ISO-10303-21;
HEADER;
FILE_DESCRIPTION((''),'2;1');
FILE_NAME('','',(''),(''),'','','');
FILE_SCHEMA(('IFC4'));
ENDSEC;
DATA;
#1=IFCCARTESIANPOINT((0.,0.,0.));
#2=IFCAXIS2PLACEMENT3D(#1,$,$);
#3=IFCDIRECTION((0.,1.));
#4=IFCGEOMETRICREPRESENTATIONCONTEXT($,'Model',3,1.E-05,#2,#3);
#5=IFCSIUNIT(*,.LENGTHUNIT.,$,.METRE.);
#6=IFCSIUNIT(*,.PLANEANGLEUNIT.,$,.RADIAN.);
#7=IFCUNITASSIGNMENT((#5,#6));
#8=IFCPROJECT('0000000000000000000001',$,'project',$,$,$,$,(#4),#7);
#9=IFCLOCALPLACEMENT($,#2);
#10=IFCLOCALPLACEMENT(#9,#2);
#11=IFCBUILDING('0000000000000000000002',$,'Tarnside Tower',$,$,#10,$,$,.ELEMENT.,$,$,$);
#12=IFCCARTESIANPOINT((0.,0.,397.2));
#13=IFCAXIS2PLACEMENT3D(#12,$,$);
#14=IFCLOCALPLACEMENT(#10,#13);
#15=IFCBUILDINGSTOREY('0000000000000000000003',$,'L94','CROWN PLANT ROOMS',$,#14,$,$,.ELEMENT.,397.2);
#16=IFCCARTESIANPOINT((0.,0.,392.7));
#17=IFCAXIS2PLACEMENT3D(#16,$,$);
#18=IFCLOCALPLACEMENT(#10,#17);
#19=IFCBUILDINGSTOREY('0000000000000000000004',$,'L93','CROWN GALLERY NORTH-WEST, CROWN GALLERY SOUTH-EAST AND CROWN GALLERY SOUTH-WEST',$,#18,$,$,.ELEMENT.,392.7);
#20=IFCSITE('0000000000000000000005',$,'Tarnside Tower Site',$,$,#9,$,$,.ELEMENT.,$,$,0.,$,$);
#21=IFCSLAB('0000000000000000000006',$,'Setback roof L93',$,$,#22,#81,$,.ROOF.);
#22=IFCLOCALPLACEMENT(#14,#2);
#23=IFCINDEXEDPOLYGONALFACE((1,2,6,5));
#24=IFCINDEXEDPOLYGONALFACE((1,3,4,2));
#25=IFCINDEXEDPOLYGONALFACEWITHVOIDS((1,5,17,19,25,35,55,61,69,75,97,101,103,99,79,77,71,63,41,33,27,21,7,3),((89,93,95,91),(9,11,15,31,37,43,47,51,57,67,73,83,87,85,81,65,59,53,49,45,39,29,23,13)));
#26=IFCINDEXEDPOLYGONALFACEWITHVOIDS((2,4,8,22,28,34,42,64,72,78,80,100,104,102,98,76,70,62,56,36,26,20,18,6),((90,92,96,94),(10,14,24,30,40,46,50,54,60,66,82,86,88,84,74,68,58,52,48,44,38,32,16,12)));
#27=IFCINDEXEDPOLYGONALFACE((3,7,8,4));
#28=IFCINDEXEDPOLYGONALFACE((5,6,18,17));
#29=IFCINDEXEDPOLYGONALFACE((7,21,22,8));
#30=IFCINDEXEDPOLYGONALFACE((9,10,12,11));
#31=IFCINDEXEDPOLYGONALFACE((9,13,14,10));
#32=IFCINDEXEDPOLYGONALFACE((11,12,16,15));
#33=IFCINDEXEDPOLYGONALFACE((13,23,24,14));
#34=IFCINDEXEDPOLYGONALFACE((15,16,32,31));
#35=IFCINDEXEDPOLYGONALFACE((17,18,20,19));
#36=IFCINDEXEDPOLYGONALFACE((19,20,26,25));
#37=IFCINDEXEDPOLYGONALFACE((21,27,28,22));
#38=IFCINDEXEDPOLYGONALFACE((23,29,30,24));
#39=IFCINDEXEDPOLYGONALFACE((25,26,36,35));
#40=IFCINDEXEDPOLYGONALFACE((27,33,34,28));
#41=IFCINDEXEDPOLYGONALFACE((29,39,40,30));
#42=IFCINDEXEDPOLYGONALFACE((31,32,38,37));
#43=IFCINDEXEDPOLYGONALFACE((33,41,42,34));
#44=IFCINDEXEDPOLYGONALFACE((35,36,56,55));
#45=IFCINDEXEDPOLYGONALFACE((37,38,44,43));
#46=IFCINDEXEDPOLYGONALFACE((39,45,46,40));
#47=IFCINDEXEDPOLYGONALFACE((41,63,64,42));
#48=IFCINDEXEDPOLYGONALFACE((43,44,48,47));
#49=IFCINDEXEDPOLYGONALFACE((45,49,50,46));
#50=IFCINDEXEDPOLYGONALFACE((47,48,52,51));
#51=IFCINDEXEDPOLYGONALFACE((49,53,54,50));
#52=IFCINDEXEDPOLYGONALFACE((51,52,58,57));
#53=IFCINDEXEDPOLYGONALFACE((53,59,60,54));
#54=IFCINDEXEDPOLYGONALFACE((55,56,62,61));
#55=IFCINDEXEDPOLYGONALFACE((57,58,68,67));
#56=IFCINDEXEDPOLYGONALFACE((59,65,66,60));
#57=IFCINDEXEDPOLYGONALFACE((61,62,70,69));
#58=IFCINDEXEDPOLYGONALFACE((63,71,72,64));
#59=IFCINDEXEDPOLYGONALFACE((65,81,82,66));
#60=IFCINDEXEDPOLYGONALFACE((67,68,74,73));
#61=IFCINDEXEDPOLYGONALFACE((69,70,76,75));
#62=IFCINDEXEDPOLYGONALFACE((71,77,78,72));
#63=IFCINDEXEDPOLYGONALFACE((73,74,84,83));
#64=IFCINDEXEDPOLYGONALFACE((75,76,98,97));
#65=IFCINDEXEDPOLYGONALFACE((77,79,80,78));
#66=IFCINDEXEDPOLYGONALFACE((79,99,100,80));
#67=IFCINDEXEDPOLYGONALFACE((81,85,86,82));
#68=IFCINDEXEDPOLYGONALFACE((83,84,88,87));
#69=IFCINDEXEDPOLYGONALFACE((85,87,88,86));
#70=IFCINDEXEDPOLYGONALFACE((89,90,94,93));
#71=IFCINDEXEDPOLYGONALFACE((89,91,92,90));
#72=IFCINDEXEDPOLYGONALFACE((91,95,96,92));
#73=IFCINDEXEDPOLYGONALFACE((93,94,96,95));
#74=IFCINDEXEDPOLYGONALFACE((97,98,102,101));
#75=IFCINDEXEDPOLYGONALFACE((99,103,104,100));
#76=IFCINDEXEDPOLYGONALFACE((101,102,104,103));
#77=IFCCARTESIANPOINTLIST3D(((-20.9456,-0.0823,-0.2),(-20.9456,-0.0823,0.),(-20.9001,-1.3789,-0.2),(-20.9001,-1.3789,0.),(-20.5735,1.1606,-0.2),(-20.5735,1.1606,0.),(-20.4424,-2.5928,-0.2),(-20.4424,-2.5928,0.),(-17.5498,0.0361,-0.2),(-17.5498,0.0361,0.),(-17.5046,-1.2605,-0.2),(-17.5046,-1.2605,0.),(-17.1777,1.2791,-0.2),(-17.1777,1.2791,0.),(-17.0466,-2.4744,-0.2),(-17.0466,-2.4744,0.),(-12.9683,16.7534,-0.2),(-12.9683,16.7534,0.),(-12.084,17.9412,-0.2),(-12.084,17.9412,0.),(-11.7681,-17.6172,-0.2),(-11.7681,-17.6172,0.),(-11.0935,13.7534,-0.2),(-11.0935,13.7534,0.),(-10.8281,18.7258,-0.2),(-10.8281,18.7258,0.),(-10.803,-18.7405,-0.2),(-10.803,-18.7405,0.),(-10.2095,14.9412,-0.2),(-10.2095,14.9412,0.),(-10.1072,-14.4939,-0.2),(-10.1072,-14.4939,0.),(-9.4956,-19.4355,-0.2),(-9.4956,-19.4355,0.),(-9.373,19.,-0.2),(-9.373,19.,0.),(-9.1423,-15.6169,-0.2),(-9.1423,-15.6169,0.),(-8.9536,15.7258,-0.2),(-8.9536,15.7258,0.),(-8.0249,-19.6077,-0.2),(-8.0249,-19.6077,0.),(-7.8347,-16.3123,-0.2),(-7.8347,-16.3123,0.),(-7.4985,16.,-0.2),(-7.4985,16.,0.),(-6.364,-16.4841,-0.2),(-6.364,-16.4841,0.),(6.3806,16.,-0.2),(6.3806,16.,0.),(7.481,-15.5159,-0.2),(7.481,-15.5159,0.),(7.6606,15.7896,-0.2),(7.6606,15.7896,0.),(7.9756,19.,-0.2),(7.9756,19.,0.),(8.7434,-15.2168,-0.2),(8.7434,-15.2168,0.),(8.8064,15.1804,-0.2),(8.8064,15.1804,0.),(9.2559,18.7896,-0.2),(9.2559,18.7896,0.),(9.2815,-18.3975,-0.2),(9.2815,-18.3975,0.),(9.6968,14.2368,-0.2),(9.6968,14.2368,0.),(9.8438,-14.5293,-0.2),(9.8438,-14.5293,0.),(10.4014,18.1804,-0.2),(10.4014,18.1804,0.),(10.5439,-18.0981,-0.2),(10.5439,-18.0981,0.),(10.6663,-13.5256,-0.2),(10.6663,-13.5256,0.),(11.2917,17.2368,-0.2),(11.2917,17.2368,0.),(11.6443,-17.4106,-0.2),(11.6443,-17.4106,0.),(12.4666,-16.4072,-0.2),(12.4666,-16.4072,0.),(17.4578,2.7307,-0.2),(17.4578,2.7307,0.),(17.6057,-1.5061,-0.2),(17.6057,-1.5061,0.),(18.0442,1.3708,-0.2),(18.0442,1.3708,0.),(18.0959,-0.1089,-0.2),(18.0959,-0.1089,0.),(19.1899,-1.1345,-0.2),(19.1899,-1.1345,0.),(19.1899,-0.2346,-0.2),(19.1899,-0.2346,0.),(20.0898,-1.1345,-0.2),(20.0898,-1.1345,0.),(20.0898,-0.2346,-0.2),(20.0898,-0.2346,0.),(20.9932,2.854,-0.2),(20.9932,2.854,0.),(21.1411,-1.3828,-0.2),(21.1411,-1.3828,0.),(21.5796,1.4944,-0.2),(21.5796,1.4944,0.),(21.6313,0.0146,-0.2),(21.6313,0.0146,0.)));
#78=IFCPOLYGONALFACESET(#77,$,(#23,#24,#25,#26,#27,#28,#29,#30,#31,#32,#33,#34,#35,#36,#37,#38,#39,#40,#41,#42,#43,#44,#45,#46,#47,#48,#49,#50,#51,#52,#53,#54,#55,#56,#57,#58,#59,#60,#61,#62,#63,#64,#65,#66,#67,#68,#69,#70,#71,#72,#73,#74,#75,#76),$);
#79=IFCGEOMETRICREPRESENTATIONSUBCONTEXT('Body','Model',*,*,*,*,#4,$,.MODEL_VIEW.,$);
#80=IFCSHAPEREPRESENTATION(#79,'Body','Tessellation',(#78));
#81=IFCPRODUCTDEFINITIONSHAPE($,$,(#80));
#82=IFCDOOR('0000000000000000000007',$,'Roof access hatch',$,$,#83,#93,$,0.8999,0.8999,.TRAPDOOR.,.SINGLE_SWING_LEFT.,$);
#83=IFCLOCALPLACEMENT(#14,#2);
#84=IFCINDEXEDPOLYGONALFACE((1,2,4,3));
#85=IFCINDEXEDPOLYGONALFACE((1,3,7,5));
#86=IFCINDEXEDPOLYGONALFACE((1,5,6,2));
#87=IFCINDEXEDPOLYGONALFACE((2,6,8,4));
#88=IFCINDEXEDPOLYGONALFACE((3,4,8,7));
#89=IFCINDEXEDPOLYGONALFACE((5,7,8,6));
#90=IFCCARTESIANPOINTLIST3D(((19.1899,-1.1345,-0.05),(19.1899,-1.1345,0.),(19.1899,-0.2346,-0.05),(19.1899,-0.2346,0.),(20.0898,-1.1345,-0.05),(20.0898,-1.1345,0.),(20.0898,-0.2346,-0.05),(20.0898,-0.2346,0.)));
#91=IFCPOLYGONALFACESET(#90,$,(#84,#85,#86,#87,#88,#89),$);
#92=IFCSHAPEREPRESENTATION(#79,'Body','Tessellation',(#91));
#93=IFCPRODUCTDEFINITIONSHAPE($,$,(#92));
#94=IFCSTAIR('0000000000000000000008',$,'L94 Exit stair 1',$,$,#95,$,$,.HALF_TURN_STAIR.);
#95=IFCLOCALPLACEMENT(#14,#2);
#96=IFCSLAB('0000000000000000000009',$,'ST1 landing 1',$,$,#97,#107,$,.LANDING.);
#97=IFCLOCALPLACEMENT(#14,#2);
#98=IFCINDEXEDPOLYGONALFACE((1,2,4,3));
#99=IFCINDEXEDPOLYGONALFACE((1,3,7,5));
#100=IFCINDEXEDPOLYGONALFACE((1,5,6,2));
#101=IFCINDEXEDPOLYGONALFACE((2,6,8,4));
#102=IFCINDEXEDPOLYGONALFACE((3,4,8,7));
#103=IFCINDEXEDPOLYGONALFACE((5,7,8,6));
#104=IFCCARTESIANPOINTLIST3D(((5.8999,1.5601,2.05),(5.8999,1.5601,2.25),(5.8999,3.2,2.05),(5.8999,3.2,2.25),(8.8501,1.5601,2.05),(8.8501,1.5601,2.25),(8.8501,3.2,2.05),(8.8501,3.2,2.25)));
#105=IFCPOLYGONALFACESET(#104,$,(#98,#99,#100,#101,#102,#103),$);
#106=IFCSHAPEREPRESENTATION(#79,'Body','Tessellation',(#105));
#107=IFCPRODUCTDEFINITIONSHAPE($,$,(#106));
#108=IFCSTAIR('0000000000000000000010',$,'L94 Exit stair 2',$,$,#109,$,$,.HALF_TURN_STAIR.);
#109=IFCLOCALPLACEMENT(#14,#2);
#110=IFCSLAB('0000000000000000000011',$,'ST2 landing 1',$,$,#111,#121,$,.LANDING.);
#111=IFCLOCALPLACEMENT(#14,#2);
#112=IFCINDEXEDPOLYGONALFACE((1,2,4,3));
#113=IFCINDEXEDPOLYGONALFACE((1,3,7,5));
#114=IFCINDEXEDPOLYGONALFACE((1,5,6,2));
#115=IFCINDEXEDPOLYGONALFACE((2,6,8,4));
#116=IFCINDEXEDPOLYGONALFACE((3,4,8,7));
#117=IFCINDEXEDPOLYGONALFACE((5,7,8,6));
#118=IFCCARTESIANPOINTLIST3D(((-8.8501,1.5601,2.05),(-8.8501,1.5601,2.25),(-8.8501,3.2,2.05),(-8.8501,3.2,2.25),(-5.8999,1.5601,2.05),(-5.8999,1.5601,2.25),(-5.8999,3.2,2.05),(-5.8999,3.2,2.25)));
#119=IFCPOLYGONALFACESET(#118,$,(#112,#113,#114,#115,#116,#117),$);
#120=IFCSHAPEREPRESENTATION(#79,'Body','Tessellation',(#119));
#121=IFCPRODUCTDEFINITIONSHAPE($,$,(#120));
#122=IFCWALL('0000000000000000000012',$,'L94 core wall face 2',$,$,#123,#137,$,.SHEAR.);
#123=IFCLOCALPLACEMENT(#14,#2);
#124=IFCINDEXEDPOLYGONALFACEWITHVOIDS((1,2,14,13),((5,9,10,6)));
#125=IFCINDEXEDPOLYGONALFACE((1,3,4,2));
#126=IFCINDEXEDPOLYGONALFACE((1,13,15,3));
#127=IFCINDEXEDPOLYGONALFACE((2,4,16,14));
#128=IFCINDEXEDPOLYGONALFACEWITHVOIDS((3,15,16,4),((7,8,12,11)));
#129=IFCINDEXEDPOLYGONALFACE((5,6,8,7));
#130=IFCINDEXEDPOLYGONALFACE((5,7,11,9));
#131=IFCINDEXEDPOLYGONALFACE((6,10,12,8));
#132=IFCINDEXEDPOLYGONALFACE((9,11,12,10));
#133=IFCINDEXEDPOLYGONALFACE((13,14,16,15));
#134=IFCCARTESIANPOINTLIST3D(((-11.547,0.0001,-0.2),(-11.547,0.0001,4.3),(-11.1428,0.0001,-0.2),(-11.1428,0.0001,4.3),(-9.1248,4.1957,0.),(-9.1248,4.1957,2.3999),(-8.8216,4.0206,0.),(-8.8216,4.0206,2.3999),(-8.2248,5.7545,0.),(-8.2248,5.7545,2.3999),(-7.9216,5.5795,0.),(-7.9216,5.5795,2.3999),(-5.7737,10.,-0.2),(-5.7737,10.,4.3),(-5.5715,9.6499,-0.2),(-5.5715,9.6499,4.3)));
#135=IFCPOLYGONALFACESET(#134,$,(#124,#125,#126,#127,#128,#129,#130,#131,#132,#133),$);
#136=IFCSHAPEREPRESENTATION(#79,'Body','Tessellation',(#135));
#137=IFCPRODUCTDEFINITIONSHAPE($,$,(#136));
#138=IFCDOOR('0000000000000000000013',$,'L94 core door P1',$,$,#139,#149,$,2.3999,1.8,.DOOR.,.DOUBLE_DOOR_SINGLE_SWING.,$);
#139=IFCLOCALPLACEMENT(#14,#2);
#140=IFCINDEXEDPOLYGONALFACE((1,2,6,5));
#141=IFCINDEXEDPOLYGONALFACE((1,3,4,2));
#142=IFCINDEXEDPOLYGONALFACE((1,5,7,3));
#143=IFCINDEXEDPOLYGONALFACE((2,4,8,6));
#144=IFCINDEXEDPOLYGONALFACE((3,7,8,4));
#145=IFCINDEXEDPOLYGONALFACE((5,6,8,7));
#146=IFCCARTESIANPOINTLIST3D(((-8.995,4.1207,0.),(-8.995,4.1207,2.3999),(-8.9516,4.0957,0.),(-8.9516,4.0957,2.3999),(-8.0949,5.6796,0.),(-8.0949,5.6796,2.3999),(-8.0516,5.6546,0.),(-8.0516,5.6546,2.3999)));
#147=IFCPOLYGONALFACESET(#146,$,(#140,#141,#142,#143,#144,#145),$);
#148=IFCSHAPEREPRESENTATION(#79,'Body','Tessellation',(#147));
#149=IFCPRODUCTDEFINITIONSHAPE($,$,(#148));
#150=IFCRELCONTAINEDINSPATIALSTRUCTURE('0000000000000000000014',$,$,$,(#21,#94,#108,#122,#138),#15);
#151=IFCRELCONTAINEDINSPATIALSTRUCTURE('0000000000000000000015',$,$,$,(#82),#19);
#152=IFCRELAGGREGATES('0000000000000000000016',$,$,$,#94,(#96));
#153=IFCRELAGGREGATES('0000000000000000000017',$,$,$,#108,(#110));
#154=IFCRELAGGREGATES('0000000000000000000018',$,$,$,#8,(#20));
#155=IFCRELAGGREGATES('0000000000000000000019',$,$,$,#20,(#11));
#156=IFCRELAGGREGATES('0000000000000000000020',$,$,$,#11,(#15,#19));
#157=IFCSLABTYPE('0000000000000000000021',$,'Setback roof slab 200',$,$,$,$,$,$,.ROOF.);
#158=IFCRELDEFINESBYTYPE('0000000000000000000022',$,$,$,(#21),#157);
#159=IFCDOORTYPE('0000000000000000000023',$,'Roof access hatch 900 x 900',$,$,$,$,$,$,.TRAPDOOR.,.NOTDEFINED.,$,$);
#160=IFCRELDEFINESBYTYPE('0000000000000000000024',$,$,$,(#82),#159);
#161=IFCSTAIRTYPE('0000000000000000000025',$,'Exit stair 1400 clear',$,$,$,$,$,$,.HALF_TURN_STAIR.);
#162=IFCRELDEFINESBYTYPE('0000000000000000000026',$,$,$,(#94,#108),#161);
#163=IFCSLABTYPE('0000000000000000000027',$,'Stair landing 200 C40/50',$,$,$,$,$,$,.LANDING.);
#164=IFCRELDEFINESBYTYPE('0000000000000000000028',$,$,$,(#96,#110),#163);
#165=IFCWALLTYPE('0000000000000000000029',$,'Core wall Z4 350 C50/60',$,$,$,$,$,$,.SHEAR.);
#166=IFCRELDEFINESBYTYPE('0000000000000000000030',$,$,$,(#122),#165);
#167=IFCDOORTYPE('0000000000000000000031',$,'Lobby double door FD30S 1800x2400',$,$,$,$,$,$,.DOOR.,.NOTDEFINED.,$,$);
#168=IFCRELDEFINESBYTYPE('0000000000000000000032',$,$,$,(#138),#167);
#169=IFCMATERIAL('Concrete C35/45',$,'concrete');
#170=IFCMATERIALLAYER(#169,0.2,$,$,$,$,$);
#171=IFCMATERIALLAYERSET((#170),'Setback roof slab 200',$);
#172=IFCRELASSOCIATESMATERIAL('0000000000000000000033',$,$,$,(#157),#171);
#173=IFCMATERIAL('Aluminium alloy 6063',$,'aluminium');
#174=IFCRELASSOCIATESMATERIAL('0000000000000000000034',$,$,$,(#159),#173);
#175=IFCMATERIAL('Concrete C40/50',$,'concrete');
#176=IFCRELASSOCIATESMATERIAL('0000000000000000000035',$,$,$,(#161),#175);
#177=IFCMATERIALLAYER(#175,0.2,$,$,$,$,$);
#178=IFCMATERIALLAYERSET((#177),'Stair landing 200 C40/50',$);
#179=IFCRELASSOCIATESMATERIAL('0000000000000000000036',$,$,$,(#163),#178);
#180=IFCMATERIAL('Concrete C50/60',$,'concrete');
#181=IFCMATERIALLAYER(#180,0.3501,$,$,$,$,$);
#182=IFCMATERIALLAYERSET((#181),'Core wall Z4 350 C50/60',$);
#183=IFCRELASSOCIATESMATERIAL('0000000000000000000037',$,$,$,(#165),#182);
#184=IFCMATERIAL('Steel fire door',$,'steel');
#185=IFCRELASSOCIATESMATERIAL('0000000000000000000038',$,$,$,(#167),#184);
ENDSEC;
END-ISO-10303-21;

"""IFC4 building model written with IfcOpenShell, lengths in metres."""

from ifc_helpers import new_model, si_unit, direction, frame, frame_2d, origin, origin_2d, place, context, subcontext, project, spatial, polyline, rectangle, outline, extrude, material, layer, layer_set, type_object, element, fill, aggregate, save


model = new_model("IFC4")

# Units and contexts
model_context = context("Model", 3, precision=1e-05, world=origin(), true_north=direction((0.0, 1.0)))
body_context = subcontext(model_context, "Body", "Model", "MODEL_VIEW")
ifc_project = project(units=[si_unit("LENGTHUNIT", "METRE"), si_unit("PLANEANGLEUNIT", "RADIAN")], contexts=[model_context])

# Site, building, storey
site_placement = place(None, origin())
site = spatial("IfcSite", under=ifc_project, at=site_placement, Name="Tarnside Tower Site", CompositionType="ELEMENT", RefElevation=0.0)
building_placement = place(site_placement, origin())
building = spatial("IfcBuilding", under=site, at=building_placement, Name="Tarnside Tower", CompositionType="ELEMENT")
storey_1_placement = place(building_placement, frame((0.0, 0.0, 397.2)))
storey_1 = spatial("IfcBuildingStorey", under=building, at=storey_1_placement, Name="L94", Description="CROWN PLANT ROOMS", CompositionType="ELEMENT", Elevation=397.2)

# Shared definitions
ifc_material_1 = material(Name="Concrete C35/45", Category="concrete")
ifc_material_2 = material(Name="Concrete C40/50", Category="concrete")

# Slab, opening
ifc_layer_1 = layer(ifc_material_1, 0.2)
ifc_layer_set_1 = layer_set([ifc_layer_1], Name="Setback roof slab 200")
slab_type_1 = type_object("IfcSlabType", Name="Setback roof slab 200", PredefinedType="ROOF", material=ifc_layer_set_1)
slab_1_placement = place(storey_1_placement, frame((0.0, 0.0, -0.2)))
slab_1 = element("IfcSlab", 1, at=slab_1_placement, inside=storey_1, type_object=slab_type_1, Name="Setback roof L93", PredefinedType="ROOF", context=body_context, shape_type="SweptSolid", body=[
    extrude(outline(polyline([(9.2559, 18.7896), (10.4014, 18.1804), (11.2917, 17.2368), (20.9932, 2.854), (21.5796, 1.4944), (21.6313, 0.0146), (21.1411, -1.3828), (12.4666, -16.4072), (11.6443, -17.4106), (10.5439, -18.0981), (9.2815, -18.3975), (-8.0249, -19.6077), (-9.4956, -19.4355), (-10.803, -18.7405), (-11.7681, -17.6172), (-20.4424, -2.5928), (-20.9001, -1.3789), (-20.9456, -0.0823), (-20.5735, 1.1606), (-12.9683, 16.7534), (-12.084, 17.9412), (-10.8281, 18.7258), (-9.373, 19.0), (7.9756, 19.0), (9.2559, 18.7896)]), holes=[polyline([(6.3806, 16.0), (-7.4985, 16.0), (-8.9536, 15.7258), (-10.2095, 14.9412), (-11.0935, 13.7534), (-17.1777, 1.2791), (-17.5498, 0.0361), (-17.5046, -1.2605), (-17.0466, -2.4744), (-10.1072, -14.4939), (-9.1423, -15.6169), (-7.8347, -16.3123), (-6.364, -16.4841), (7.481, -15.5159), (8.7434, -15.2168), (9.8438, -14.5293), (10.6663, -13.5256), (17.6057, -1.5061), (18.0959, -0.1089), (18.0442, 1.3708), (17.4578, 2.7307), (9.6968, 14.2368), (8.8064, 15.1804), (7.6606, 15.7896), (6.3806, 16.0)])]), origin(), (0.0, 0.0, 1.0), 0.2),
])
opening_1_placement = place(slab_1_placement, frame((19.6399, -0.6846, 0.0)))
opening_1 = element("IfcOpeningElement", 2, at=opening_1_placement, cuts=slab_1, PredefinedType="OPENING", context=body_context, shape_type="SweptSolid", body=[
    extrude(rectangle(XDim=0.8999, YDim=0.8999, at=origin_2d()), origin(), (0.0, 0.0, 1.0), 0.2),
])

# Shared definitions
storey_2_placement = place(building_placement, frame((0.0, 0.0, 392.7)))
storey_2 = spatial("IfcBuildingStorey", under=building, at=storey_2_placement, Name="L93", Description="CROWN GALLERY NORTH-WEST, CROWN GALLERY SOUTH-EAST AND CROWN GALLERY SOUTH-WEST", CompositionType="ELEMENT", Elevation=392.7)

# Door
ifc_material_3 = material(Name="Aluminium alloy 6063", Category="aluminium")
door_type_1 = type_object("IfcDoorType", Name="Roof access hatch 900 x 900", OperationType="NOTDEFINED", PredefinedType="TRAPDOOR", material=ifc_material_3)
door_1_placement = place(opening_1_placement, frame((0.0, 0.0, 0.1499)))
door_1 = element("IfcDoor", 3, at=door_1_placement, inside=storey_2, type_object=door_type_1, Name="Roof access hatch", OperationType="SINGLE_SWING_LEFT", OverallHeight=0.8999, OverallWidth=0.8999, PredefinedType="TRAPDOOR", context=body_context, shape_type="SweptSolid", body=[
    extrude(rectangle(XDim=0.8999, YDim=0.8999, at=origin_2d()), origin(), (0.0, 0.0, 1.0), 0.05),
])
fill(opening_1, door_1)

# Stairs, slabs
stair_type = type_object("IfcStairType", Name="Exit stair 1400 clear", PredefinedType="HALF_TURN_STAIR", material=ifc_material_2)
stair_1_placement = place(storey_1_placement, origin())
stair_1 = element("IfcStair", 4, at=stair_1_placement, inside=storey_1, type_object=stair_type, Name="L94 Exit stair 1", PredefinedType="HALF_TURN_STAIR")
ifc_layer_2 = layer(ifc_material_2, 0.2)
ifc_layer_set_2 = layer_set([ifc_layer_2], Name="Stair landing 200 C40/50")
slab_type_2 = type_object("IfcSlabType", Name="Stair landing 200 C40/50", PredefinedType="LANDING", material=ifc_layer_set_2)
slab_2_placement = place(storey_1_placement, frame((0.0, 0.0, 2.05)))
slab_2 = element("IfcSlab", 5, at=slab_2_placement, type_object=slab_type_2, Name="ST1 landing 1", PredefinedType="LANDING", context=body_context, shape_type="SweptSolid", body=[
    extrude(outline(polyline([(8.8501, 1.5601), (8.8501, 3.2), (5.8999, 3.2), (5.8999, 1.5601), (8.8501, 1.5601)])), origin(), (0.0, 0.0, 1.0), 0.2),
])
aggregate(stair_1, [slab_2])
stair_2_placement = place(storey_1_placement, origin())
stair_2 = element("IfcStair", 6, at=stair_2_placement, inside=storey_1, type_object=stair_type, Name="L94 Exit stair 2", PredefinedType="HALF_TURN_STAIR")
slab_3_placement = place(storey_1_placement, frame((0.0, 0.0, 2.05)))
slab_3 = element("IfcSlab", 7, at=slab_3_placement, type_object=slab_type_2, Name="ST2 landing 1", PredefinedType="LANDING", context=body_context, shape_type="SweptSolid", body=[
    extrude(outline(polyline([(-5.8999, 1.5601), (-5.8999, 3.2), (-8.8501, 3.2), (-8.8501, 1.5601), (-5.8999, 1.5601)])), origin(), (0.0, 0.0, 1.0), 0.2),
])

# Wall, opening, door
ifc_material_4 = material(Name="Concrete C50/60", Category="concrete")
ifc_layer_3 = layer(ifc_material_4, 0.3501)
ifc_layer_set_3 = layer_set([ifc_layer_3], Name="Core wall Z4 350 C50/60")
wall_type_1 = type_object("IfcWallType", Name="Core wall Z4 350 C50/60", PredefinedType="SHEAR", material=ifc_layer_set_3)
wall_1_placement = place(storey_1_placement, frame((-5.6726, 9.825, -0.2), z_axis=(0.0, 0.0, 1.0), x_axis=(-0.499995, -0.866028, 0.0)))
wall_1 = element("IfcWall", 8, at=wall_1_placement, inside=storey_1, type_object=wall_type_1, Name="L94 core wall face 2", PredefinedType="SHEAR", context=body_context, shape_type="SweptSolid", body=[
    extrude(outline(polyline([(-0.1011, -0.175), (11.4458, -0.175), (11.2437, 0.175), (0.1011, 0.175), (-0.1011, -0.175)])), origin(), (0.0, 0.0, 1.0), 4.5),
])
opening_2_placement = place(wall_1_placement, frame((4.8013, 0.0, 0.2)))
opening_2 = element("IfcOpeningElement", 9, at=opening_2_placement, cuts=wall_1, PredefinedType="OPENING", context=body_context, shape_type="SweptSolid", body=[
    extrude(rectangle(XDim=1.8, YDim=2.3999, at=frame_2d((0.8999, 1.2))), frame((0.0, 0.1851, 0.0), z_axis=(0.0, -1.0, 0.0), x_axis=(1.0, 0.0, 0.0)), (0.0, 0.0, 1.0), 0.3701),
])
ifc_material_5 = material(Name="Steel fire door", Category="steel")
door_type_2 = type_object("IfcDoorType", Name="Lobby double door FD30S 1800x2400", OperationType="NOTDEFINED", PredefinedType="DOOR", material=ifc_material_5)
door_2_placement = place(opening_2_placement, origin())
door_2 = element("IfcDoor", 10, at=door_2_placement, inside=storey_1, type_object=door_type_2, Name="L94 core door P1", OperationType="DOUBLE_DOOR_SINGLE_SWING", OverallHeight=2.3999, OverallWidth=1.8, PredefinedType="DOOR", context=body_context, shape_type="SweptSolid", body=[
    extrude(rectangle(XDim=1.8, YDim=2.3999, at=frame_2d((0.8999, 1.2))), frame((0.0, 0.0249, 0.0), z_axis=(0.0, -1.0, 0.0), x_axis=(1.0, 0.0, 0.0)), (0.0, 0.0, 1.0), 0.05),
])
fill(opening_2, door_2)

aggregate(stair_2, [slab_3])

save(model, "model.ifc")
